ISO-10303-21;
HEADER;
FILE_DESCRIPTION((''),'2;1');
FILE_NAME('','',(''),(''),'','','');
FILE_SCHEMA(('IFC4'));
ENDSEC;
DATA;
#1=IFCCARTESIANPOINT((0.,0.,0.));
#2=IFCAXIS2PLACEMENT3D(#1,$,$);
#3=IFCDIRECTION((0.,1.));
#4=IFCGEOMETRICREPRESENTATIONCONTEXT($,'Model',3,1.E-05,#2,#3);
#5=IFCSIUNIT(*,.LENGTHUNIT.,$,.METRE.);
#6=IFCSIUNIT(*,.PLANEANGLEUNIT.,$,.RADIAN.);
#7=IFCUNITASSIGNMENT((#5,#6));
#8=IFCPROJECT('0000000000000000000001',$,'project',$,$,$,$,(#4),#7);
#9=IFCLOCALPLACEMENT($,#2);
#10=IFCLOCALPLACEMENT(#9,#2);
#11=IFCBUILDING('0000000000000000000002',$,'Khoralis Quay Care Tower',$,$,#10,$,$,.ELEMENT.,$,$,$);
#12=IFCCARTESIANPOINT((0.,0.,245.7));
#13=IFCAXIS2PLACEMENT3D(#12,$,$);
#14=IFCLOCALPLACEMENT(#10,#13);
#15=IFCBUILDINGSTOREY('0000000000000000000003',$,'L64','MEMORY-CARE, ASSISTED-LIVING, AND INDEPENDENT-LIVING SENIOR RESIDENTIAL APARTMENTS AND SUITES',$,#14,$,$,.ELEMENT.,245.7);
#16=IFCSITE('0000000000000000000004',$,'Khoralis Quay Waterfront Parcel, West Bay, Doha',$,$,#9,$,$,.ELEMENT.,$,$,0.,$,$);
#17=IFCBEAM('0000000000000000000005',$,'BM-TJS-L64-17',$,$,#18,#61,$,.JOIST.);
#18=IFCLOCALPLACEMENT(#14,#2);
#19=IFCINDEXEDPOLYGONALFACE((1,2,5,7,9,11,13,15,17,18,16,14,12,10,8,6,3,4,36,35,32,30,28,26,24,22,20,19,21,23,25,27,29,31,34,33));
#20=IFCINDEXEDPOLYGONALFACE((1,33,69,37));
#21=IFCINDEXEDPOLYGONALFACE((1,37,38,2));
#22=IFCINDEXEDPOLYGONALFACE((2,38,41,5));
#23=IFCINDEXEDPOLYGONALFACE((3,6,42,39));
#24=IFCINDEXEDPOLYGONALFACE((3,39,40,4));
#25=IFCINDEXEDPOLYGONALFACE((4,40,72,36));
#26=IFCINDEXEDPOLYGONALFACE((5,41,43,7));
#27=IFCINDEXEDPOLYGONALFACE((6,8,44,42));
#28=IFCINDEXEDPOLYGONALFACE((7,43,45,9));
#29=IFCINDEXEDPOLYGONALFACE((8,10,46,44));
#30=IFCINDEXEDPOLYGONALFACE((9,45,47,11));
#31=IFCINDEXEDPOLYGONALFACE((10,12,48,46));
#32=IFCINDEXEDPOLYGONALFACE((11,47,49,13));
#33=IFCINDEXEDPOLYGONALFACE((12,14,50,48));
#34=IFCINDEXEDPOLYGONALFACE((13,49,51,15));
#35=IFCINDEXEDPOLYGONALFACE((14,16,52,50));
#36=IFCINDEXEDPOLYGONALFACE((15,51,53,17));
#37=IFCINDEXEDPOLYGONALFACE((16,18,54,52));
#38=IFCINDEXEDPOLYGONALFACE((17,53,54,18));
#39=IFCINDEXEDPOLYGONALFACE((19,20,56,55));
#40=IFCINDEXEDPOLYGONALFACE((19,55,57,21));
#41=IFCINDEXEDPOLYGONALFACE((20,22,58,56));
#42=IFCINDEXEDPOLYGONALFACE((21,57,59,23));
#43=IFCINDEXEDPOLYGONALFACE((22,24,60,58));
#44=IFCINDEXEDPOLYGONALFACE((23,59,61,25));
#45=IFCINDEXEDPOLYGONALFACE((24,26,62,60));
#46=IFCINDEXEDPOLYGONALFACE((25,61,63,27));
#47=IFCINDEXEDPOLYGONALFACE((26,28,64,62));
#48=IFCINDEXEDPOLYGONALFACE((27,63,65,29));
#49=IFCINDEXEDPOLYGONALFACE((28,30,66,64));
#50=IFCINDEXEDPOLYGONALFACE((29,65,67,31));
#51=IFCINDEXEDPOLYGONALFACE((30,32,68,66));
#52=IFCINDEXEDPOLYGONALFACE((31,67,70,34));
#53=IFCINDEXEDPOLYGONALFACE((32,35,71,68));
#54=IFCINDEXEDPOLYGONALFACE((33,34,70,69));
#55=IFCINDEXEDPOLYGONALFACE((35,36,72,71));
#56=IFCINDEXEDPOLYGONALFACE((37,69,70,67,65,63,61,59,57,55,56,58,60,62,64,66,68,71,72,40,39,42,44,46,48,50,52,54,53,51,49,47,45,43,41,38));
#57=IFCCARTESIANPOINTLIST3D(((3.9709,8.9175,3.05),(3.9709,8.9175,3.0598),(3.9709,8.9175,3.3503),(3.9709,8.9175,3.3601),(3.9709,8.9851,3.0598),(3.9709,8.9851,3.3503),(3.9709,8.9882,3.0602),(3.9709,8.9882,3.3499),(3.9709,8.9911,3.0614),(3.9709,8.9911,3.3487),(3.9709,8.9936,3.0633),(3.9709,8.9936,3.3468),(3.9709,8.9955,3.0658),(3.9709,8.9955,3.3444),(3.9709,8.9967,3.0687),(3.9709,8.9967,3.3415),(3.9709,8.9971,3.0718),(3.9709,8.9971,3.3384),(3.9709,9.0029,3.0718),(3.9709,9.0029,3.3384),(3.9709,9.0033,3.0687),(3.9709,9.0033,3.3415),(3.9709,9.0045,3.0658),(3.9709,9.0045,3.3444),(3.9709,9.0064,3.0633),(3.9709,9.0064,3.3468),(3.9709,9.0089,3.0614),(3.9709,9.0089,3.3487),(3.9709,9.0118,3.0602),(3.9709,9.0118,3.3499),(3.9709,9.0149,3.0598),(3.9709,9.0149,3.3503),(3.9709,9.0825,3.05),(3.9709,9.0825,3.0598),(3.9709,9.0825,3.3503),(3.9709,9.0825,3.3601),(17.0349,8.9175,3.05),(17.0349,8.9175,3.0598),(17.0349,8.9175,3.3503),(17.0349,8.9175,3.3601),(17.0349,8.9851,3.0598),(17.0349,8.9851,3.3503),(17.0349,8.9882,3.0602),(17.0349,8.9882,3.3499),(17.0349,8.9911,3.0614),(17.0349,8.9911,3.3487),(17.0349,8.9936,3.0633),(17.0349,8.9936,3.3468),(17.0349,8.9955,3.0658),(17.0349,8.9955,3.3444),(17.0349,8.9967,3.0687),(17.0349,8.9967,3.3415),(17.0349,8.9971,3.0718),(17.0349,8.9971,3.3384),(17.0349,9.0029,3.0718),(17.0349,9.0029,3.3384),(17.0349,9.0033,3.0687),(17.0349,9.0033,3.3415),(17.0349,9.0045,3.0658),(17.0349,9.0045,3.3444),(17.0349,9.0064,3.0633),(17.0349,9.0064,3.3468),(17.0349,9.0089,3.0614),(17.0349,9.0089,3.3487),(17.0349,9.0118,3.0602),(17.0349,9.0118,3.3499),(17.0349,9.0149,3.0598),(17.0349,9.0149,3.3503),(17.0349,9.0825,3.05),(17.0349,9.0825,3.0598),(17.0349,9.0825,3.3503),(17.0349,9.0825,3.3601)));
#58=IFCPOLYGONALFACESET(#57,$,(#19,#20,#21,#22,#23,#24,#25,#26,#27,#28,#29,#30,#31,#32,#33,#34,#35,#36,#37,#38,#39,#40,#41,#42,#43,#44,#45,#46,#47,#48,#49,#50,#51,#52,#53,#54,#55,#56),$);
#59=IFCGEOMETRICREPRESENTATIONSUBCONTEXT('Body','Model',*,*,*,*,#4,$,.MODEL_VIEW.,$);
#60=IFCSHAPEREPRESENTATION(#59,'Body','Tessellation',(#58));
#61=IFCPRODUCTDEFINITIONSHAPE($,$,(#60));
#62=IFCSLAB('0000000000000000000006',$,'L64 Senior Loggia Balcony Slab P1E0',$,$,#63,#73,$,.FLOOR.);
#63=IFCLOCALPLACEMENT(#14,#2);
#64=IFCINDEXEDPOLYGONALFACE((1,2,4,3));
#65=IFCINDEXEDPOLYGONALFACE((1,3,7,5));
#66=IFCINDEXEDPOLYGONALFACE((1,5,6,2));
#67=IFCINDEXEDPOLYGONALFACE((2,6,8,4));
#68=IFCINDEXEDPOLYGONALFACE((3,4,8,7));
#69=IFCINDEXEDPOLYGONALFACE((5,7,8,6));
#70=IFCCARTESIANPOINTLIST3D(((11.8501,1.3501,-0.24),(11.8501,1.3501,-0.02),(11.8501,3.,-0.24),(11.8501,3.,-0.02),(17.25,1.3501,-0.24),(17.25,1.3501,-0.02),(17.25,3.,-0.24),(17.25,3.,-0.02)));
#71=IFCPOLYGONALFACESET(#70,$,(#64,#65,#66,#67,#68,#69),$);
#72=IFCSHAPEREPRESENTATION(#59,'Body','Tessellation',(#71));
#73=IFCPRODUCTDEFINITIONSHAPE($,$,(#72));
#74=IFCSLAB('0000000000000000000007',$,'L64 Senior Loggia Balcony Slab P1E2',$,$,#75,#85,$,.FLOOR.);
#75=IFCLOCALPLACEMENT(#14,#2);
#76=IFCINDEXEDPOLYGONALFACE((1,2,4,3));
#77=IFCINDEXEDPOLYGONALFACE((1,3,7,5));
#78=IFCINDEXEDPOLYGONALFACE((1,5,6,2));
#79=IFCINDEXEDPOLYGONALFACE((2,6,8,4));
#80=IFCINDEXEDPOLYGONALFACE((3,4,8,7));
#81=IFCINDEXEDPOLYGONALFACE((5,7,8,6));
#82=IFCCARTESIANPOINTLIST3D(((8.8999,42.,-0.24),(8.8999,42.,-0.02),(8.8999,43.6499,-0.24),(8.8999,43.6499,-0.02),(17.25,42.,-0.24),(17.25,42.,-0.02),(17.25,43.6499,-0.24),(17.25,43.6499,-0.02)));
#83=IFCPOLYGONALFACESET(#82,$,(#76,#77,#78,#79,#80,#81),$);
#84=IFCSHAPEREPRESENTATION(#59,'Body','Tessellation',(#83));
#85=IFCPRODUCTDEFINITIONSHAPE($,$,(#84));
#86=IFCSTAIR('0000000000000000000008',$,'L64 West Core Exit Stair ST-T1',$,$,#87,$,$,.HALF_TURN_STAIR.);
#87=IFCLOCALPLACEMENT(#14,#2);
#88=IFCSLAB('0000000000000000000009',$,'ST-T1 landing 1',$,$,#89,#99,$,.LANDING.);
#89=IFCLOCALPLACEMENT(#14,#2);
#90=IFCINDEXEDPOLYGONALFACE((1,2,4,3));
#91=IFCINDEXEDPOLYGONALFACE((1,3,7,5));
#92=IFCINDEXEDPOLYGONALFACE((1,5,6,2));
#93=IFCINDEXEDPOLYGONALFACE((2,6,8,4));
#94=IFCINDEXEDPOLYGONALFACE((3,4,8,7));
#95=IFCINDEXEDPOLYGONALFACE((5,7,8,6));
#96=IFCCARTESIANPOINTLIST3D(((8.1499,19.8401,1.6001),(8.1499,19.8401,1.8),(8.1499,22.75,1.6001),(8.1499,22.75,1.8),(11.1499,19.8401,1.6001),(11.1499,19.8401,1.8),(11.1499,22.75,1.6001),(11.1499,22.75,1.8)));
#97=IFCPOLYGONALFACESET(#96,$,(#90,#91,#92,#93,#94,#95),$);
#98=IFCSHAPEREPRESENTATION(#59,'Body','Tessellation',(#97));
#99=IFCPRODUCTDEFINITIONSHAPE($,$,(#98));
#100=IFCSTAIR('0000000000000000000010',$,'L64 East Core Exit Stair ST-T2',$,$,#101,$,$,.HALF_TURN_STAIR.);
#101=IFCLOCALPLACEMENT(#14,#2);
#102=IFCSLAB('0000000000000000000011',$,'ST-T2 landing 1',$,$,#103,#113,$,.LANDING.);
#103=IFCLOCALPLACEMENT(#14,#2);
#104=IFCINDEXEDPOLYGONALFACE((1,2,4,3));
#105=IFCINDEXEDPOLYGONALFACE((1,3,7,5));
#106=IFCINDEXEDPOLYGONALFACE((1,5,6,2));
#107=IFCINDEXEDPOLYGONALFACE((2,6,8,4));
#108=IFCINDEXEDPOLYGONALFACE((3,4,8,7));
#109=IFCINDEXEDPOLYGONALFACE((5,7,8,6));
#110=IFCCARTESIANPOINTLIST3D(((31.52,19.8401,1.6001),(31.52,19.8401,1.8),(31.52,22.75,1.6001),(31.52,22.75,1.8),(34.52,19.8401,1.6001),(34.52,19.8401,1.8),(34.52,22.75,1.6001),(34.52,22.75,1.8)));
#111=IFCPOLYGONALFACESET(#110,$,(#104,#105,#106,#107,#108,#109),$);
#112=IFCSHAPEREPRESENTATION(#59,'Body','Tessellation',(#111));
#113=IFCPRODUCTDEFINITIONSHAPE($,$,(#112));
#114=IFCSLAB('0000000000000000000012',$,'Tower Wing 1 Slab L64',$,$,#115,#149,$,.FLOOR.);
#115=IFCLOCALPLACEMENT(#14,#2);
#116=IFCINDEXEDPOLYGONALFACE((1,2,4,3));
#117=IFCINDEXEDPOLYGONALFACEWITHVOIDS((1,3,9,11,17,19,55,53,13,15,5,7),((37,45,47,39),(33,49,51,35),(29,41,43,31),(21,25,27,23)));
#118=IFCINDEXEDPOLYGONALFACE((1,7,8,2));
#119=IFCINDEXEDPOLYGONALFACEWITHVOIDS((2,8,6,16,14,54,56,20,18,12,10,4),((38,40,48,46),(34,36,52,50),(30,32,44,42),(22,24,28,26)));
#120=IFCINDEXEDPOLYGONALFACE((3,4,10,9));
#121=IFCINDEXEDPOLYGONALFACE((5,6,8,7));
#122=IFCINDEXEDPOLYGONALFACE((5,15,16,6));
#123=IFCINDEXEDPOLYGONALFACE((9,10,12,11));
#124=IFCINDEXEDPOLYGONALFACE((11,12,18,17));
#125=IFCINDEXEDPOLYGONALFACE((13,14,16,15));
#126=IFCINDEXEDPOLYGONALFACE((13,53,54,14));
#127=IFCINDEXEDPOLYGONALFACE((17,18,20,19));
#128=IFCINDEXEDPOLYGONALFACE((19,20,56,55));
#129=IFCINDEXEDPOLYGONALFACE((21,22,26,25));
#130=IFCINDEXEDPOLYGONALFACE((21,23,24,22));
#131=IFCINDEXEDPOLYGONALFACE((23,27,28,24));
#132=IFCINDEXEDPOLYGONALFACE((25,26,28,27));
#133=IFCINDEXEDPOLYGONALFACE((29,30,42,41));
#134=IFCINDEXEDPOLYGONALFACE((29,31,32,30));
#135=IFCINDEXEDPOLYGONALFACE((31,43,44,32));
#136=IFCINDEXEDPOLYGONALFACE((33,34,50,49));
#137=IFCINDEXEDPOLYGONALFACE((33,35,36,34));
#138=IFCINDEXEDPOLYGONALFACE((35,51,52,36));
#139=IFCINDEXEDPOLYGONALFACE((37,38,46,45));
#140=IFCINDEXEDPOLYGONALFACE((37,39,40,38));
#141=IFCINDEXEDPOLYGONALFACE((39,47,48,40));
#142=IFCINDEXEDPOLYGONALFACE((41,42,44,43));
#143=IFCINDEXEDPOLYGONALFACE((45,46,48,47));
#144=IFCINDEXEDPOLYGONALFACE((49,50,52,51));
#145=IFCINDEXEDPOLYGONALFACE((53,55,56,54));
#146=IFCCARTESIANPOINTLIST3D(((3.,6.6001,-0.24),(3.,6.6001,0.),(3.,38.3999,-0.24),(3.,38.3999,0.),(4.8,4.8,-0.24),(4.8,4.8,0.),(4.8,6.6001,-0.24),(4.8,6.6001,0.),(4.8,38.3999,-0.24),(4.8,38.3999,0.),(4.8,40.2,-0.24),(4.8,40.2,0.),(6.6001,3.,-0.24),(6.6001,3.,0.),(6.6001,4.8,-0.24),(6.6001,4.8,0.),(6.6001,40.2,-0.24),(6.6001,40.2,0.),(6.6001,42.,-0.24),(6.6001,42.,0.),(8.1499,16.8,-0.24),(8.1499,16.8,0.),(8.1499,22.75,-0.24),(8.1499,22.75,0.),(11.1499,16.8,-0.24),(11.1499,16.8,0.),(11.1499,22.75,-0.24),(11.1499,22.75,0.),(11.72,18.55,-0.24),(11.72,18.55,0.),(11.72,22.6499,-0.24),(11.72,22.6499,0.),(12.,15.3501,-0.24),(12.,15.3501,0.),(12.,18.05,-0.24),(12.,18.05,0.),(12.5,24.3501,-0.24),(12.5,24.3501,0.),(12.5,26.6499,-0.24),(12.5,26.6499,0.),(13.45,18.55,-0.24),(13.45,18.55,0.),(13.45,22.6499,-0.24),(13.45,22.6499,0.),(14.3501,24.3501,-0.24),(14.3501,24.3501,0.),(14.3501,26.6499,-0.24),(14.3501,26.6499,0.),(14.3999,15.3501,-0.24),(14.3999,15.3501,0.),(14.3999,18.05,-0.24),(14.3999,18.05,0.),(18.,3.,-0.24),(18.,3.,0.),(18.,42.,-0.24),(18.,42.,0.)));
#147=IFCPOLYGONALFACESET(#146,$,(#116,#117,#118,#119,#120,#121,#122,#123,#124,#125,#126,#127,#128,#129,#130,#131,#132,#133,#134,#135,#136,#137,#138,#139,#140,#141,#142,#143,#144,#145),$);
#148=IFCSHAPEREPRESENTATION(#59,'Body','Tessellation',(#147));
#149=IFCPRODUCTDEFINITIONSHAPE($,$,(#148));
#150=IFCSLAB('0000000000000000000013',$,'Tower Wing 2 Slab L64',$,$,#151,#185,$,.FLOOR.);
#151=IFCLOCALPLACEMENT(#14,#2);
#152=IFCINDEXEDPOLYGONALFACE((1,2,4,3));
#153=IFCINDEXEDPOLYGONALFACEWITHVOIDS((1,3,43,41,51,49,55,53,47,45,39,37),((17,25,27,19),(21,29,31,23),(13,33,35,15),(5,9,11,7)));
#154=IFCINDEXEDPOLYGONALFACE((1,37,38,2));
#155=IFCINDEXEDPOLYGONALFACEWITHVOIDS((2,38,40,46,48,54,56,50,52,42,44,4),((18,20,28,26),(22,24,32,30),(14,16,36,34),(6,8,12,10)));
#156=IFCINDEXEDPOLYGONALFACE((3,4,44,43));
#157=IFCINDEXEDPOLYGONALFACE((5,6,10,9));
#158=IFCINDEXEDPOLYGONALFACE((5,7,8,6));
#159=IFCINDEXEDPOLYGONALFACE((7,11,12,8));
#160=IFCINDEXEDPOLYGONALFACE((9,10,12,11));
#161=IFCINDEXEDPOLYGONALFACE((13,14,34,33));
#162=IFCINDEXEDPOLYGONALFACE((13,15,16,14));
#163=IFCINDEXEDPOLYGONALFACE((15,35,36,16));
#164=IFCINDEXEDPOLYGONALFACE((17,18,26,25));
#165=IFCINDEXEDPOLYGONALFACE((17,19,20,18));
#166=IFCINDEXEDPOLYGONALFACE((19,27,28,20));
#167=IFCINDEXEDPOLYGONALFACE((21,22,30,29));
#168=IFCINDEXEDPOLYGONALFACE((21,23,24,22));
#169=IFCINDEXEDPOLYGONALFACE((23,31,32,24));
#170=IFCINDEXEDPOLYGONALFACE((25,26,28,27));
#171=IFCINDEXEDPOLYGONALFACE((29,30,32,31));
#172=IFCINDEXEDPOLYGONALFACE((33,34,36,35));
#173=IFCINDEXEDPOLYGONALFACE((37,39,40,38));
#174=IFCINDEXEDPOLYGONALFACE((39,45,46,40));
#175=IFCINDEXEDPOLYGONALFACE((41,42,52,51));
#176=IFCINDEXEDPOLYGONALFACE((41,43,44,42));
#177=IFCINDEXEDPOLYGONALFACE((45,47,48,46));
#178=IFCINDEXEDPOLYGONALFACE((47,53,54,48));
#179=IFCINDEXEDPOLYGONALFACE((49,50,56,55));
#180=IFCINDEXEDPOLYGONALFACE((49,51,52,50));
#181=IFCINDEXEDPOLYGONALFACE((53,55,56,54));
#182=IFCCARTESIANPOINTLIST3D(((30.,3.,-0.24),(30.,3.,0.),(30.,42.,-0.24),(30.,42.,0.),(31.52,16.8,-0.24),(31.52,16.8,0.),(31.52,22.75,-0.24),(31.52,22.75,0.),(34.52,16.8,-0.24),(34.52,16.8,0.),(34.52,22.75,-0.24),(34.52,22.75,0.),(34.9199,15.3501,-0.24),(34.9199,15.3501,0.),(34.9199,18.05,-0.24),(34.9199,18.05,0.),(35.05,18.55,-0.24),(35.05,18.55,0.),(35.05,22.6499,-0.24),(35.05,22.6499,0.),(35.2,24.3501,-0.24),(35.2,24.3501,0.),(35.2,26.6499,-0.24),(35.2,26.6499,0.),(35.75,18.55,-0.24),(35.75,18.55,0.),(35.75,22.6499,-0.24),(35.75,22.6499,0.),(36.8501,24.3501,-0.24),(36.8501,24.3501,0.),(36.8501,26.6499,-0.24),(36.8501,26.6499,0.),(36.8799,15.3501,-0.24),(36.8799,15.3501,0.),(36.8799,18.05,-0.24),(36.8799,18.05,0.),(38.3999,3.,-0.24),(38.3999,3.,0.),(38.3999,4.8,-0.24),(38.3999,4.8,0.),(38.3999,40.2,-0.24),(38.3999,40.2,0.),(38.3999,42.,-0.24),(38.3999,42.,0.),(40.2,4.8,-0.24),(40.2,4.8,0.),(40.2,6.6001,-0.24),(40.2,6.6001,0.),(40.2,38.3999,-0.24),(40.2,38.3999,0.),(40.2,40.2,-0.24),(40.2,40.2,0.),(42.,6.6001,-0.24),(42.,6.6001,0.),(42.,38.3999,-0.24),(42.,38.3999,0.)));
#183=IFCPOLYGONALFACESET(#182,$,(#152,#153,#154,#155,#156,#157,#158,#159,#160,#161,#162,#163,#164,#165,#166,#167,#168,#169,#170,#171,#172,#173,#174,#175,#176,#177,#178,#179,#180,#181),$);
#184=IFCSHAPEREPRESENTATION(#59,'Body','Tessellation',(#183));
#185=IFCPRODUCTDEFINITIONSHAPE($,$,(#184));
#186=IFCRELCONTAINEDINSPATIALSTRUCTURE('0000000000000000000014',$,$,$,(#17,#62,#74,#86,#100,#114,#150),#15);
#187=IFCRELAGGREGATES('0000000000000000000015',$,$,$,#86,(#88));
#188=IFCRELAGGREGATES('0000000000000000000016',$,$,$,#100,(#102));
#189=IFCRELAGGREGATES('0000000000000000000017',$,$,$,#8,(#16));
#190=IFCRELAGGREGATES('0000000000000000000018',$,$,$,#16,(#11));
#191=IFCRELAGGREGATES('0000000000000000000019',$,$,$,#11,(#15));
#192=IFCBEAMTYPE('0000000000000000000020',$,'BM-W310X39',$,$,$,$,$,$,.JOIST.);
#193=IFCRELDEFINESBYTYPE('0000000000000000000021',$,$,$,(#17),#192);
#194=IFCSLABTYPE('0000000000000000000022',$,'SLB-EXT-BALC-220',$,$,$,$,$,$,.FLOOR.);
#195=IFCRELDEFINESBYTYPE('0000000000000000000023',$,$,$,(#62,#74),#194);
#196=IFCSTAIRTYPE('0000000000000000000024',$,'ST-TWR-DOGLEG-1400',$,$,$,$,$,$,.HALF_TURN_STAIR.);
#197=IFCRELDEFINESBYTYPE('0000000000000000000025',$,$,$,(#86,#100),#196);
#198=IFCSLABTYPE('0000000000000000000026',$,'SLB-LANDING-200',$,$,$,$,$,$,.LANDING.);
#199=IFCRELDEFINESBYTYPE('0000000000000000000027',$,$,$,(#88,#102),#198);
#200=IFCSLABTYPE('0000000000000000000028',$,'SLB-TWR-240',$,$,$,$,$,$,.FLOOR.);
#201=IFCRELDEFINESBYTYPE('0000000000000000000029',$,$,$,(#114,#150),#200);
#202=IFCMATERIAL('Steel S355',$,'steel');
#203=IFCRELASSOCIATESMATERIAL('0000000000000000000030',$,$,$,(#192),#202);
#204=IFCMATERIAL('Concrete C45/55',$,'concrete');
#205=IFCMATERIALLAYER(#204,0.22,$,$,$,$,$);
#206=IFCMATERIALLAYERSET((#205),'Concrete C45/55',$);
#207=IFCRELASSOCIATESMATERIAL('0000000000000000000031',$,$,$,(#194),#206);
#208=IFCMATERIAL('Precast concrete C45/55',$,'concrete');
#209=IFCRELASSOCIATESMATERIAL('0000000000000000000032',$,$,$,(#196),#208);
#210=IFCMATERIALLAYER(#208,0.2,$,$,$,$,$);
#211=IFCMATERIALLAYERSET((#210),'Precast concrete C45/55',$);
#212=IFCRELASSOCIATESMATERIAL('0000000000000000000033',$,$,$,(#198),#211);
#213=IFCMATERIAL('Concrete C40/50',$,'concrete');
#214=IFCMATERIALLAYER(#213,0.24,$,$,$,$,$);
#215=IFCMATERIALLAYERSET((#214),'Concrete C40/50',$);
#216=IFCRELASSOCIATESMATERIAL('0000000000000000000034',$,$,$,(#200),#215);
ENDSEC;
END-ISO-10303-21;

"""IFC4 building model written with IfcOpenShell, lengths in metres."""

from ifc_helpers import new_model, si_unit, direction, frame, origin, origin_2d, place, context, subcontext, project, spatial, polyline, i_section, outline, extrude, source, transform, mapped, material, layer, layer_set, material_profile, profile_set, type_object, element, aggregate, save


model = new_model("IFC4")

# Units and contexts
model_context = context("Model", 3, precision=1e-05, world=origin(), true_north=direction((0.0, 1.0)))
body_context = subcontext(model_context, "Body", "Model", "MODEL_VIEW")
ifc_project = project(units=[si_unit("LENGTHUNIT", "METRE"), si_unit("PLANEANGLEUNIT", "RADIAN")], contexts=[model_context])

# Site, building, storey
site_placement = place(None, origin())
site = spatial("IfcSite", under=ifc_project, at=site_placement, Name="Khoralis Quay Waterfront Parcel, West Bay, Doha", CompositionType="ELEMENT", RefElevation=0.0)
building_placement = place(site_placement, origin())
building = spatial("IfcBuilding", under=site, at=building_placement, Name="Khoralis Quay Care Tower", CompositionType="ELEMENT")
storey_placement = place(building_placement, frame((0.0, 0.0, 245.7)))
storey = spatial("IfcBuildingStorey", under=building, at=storey_placement, Name="L64", Description="MEMORY-CARE, ASSISTED-LIVING, AND INDEPENDENT-LIVING SENIOR RESIDENTIAL APARTMENTS AND SUITES", CompositionType="ELEMENT", Elevation=245.7)

# Beam
ifc_material_1 = material(Name="Steel S355", Category="steel")
ifc_material_profile = material_profile(ifc_material_1, i_section(OverallWidth=0.165, OverallDepth=0.3101, WebThickness=0.0059, FlangeThickness=0.0098, FilletRadius=0.012, at=origin_2d()), Name="Steel S355")
ifc_profile_set = profile_set([ifc_material_profile], Name="Steel S355")
beam_type = type_object("IfcBeamType", Name="BM-W310X39", PredefinedType="JOIST", material=ifc_profile_set)
shared_shape_1 = source(origin(), body_context, "Body", "SweptSolid", [
    extrude(i_section(OverallWidth=0.165, OverallDepth=0.3101, WebThickness=0.0059, FlangeThickness=0.0098, FilletRadius=0.012, at=origin_2d()), origin(), (0.0, 0.0, 1.0), 13.064),
])
beam_placement = place(storey_placement, frame((3.9709, 9.0, 3.2051), z_axis=(1.0, 0.0, 0.0), x_axis=(0.0, 1.0, 0.0)))
element("IfcBeam", 1, at=beam_placement, inside=storey, type_object=beam_type, Name="BM-TJS-L64-17", PredefinedType="JOIST", context=body_context, shape_type="MappedRepresentation", body=[
    mapped(shared_shape_1, transform((0.0, 0.0, 0.0), scale=1.0)),
])

# Slabs
ifc_material_2 = material(Name="Concrete C45/55", Category="concrete")
ifc_layer_1 = layer(ifc_material_2, 0.22)
ifc_layer_set_1 = layer_set([ifc_layer_1], Name="Concrete C45/55")
slab_type_1 = type_object("IfcSlabType", Name="SLB-EXT-BALC-220", PredefinedType="FLOOR", material=ifc_layer_set_1)
slab_1_placement = place(storey_placement, frame((0.0, 0.0, -0.24)))
element("IfcSlab", 2, at=slab_1_placement, inside=storey, type_object=slab_type_1, Name="L64 Senior Loggia Balcony Slab P1E0", PredefinedType="FLOOR", context=body_context, shape_type="SweptSolid", body=[
    extrude(outline(polyline([(11.8501, 1.3501), (17.25, 1.3501), (17.25, 3.0), (11.8501, 3.0), (11.8501, 1.3501)])), origin(), (0.0, 0.0, 1.0), 0.22),
])
slab_2_placement = place(storey_placement, frame((0.0, 0.0, -0.24)))
element("IfcSlab", 3, at=slab_2_placement, inside=storey, type_object=slab_type_1, Name="L64 Senior Loggia Balcony Slab P1E2", PredefinedType="FLOOR", context=body_context, shape_type="SweptSolid", body=[
    extrude(outline(polyline([(8.8999, 42.0), (17.25, 42.0), (17.25, 43.6499), (8.8999, 43.6499), (8.8999, 42.0)])), origin(), (0.0, 0.0, 1.0), 0.22),
])

# Stairs, slabs
ifc_material_3 = material(Name="Precast concrete C45/55", Category="concrete")
stair_type = type_object("IfcStairType", Name="ST-TWR-DOGLEG-1400", PredefinedType="HALF_TURN_STAIR", material=ifc_material_3)
stair_1_placement = place(storey_placement, origin())
stair_1 = element("IfcStair", 4, at=stair_1_placement, inside=storey, type_object=stair_type, Name="L64 West Core Exit Stair ST-T1", PredefinedType="HALF_TURN_STAIR")
ifc_layer_2 = layer(ifc_material_3, 0.2)
ifc_layer_set_2 = layer_set([ifc_layer_2], Name="Precast concrete C45/55")
slab_type_2 = type_object("IfcSlabType", Name="SLB-LANDING-200", PredefinedType="LANDING", material=ifc_layer_set_2)
slab_3_placement = place(storey_placement, frame((0.0, 0.0, 1.6001)))
slab_3 = element("IfcSlab", 5, at=slab_3_placement, type_object=slab_type_2, Name="ST-T1 landing 1", PredefinedType="LANDING", context=body_context, shape_type="SweptSolid", body=[
    extrude(outline(polyline([(11.1499, 19.8401), (11.1499, 22.75), (8.1499, 22.75), (8.1499, 19.8401), (11.1499, 19.8401)])), origin(), (0.0, 0.0, 1.0), 0.2),
])
aggregate(stair_1, [slab_3])
stair_2_placement = place(storey_placement, origin())
stair_2 = element("IfcStair", 6, at=stair_2_placement, inside=storey, type_object=stair_type, Name="L64 East Core Exit Stair ST-T2", PredefinedType="HALF_TURN_STAIR")
slab_4_placement = place(storey_placement, frame((0.0, 0.0, 1.6001)))
slab_4 = element("IfcSlab", 7, at=slab_4_placement, type_object=slab_type_2, Name="ST-T2 landing 1", PredefinedType="LANDING", context=body_context, shape_type="SweptSolid", body=[
    extrude(outline(polyline([(34.52, 19.8401), (34.52, 22.75), (31.52, 22.75), (31.52, 19.8401), (34.52, 19.8401)])), origin(), (0.0, 0.0, 1.0), 0.2),
])
aggregate(stair_2, [slab_4])

# Slabs
ifc_material_4 = material(Name="Concrete C40/50", Category="concrete")
ifc_layer_3 = layer(ifc_material_4, 0.24)
ifc_layer_set_3 = layer_set([ifc_layer_3], Name="Concrete C40/50")
slab_type_3 = type_object("IfcSlabType", Name="SLB-TWR-240", PredefinedType="FLOOR", material=ifc_layer_set_3)
slab_5_placement = place(storey_placement, frame((0.0, 0.0, -0.24)))
element("IfcSlab", 8, at=slab_5_placement, inside=storey, type_object=slab_type_3, Name="Tower Wing 1 Slab L64", PredefinedType="FLOOR", context=body_context, shape_type="SweptSolid", body=[
    extrude(outline(polyline([(6.6001, 3.0), (18.0, 3.0), (18.0, 42.0), (6.6001, 42.0), (6.6001, 40.2), (4.8, 40.2), (4.8, 38.3999), (3.0, 38.3999), (3.0, 6.6001), (4.8, 6.6001), (4.8, 4.8), (6.6001, 4.8), (6.6001, 3.0)]), holes=[polyline([(11.1499, 16.8), (11.1499, 22.75), (8.1499, 22.75), (8.1499, 16.8), (11.1499, 16.8)]), polyline([(12.0, 15.3501), (14.3999, 15.3501), (14.3999, 18.05), (12.0, 18.05), (12.0, 15.3501)]), polyline([(12.5, 24.3501), (14.3501, 24.3501), (14.3501, 26.6499), (12.5, 26.6499), (12.5, 24.3501)]), polyline([(11.72, 18.55), (13.45, 18.55), (13.45, 22.6499), (11.72, 22.6499), (11.72, 18.55)])]), origin(), (0.0, 0.0, 1.0), 0.24),
])
slab_6_placement = place(storey_placement, frame((0.0, 0.0, -0.24)))
element("IfcSlab", 9, at=slab_6_placement, inside=storey, type_object=slab_type_3, Name="Tower Wing 2 Slab L64", PredefinedType="FLOOR", context=body_context, shape_type="SweptSolid", body=[
    extrude(outline(polyline([(30.0, 3.0), (38.3999, 3.0), (38.3999, 4.8), (40.2, 4.8), (40.2, 6.6001), (42.0, 6.6001), (42.0, 38.3999), (40.2, 38.3999), (40.2, 40.2), (38.3999, 40.2), (38.3999, 42.0), (30.0, 42.0), (30.0, 3.0)]), holes=[polyline([(34.52, 16.8), (34.52, 22.75), (31.52, 22.75), (31.52, 16.8), (34.52, 16.8)]), polyline([(34.9199, 15.3501), (36.8799, 15.3501), (36.8799, 18.05), (34.9199, 18.05), (34.9199, 15.3501)]), polyline([(35.2, 24.3501), (36.8501, 24.3501), (36.8501, 26.6499), (35.2, 26.6499), (35.2, 24.3501)]), polyline([(35.05, 18.55), (35.75, 18.55), (35.75, 22.6499), (35.05, 22.6499), (35.05, 18.55)])]), origin(), (0.0, 0.0, 1.0), 0.24),
])

save(model, "model.ifc")
